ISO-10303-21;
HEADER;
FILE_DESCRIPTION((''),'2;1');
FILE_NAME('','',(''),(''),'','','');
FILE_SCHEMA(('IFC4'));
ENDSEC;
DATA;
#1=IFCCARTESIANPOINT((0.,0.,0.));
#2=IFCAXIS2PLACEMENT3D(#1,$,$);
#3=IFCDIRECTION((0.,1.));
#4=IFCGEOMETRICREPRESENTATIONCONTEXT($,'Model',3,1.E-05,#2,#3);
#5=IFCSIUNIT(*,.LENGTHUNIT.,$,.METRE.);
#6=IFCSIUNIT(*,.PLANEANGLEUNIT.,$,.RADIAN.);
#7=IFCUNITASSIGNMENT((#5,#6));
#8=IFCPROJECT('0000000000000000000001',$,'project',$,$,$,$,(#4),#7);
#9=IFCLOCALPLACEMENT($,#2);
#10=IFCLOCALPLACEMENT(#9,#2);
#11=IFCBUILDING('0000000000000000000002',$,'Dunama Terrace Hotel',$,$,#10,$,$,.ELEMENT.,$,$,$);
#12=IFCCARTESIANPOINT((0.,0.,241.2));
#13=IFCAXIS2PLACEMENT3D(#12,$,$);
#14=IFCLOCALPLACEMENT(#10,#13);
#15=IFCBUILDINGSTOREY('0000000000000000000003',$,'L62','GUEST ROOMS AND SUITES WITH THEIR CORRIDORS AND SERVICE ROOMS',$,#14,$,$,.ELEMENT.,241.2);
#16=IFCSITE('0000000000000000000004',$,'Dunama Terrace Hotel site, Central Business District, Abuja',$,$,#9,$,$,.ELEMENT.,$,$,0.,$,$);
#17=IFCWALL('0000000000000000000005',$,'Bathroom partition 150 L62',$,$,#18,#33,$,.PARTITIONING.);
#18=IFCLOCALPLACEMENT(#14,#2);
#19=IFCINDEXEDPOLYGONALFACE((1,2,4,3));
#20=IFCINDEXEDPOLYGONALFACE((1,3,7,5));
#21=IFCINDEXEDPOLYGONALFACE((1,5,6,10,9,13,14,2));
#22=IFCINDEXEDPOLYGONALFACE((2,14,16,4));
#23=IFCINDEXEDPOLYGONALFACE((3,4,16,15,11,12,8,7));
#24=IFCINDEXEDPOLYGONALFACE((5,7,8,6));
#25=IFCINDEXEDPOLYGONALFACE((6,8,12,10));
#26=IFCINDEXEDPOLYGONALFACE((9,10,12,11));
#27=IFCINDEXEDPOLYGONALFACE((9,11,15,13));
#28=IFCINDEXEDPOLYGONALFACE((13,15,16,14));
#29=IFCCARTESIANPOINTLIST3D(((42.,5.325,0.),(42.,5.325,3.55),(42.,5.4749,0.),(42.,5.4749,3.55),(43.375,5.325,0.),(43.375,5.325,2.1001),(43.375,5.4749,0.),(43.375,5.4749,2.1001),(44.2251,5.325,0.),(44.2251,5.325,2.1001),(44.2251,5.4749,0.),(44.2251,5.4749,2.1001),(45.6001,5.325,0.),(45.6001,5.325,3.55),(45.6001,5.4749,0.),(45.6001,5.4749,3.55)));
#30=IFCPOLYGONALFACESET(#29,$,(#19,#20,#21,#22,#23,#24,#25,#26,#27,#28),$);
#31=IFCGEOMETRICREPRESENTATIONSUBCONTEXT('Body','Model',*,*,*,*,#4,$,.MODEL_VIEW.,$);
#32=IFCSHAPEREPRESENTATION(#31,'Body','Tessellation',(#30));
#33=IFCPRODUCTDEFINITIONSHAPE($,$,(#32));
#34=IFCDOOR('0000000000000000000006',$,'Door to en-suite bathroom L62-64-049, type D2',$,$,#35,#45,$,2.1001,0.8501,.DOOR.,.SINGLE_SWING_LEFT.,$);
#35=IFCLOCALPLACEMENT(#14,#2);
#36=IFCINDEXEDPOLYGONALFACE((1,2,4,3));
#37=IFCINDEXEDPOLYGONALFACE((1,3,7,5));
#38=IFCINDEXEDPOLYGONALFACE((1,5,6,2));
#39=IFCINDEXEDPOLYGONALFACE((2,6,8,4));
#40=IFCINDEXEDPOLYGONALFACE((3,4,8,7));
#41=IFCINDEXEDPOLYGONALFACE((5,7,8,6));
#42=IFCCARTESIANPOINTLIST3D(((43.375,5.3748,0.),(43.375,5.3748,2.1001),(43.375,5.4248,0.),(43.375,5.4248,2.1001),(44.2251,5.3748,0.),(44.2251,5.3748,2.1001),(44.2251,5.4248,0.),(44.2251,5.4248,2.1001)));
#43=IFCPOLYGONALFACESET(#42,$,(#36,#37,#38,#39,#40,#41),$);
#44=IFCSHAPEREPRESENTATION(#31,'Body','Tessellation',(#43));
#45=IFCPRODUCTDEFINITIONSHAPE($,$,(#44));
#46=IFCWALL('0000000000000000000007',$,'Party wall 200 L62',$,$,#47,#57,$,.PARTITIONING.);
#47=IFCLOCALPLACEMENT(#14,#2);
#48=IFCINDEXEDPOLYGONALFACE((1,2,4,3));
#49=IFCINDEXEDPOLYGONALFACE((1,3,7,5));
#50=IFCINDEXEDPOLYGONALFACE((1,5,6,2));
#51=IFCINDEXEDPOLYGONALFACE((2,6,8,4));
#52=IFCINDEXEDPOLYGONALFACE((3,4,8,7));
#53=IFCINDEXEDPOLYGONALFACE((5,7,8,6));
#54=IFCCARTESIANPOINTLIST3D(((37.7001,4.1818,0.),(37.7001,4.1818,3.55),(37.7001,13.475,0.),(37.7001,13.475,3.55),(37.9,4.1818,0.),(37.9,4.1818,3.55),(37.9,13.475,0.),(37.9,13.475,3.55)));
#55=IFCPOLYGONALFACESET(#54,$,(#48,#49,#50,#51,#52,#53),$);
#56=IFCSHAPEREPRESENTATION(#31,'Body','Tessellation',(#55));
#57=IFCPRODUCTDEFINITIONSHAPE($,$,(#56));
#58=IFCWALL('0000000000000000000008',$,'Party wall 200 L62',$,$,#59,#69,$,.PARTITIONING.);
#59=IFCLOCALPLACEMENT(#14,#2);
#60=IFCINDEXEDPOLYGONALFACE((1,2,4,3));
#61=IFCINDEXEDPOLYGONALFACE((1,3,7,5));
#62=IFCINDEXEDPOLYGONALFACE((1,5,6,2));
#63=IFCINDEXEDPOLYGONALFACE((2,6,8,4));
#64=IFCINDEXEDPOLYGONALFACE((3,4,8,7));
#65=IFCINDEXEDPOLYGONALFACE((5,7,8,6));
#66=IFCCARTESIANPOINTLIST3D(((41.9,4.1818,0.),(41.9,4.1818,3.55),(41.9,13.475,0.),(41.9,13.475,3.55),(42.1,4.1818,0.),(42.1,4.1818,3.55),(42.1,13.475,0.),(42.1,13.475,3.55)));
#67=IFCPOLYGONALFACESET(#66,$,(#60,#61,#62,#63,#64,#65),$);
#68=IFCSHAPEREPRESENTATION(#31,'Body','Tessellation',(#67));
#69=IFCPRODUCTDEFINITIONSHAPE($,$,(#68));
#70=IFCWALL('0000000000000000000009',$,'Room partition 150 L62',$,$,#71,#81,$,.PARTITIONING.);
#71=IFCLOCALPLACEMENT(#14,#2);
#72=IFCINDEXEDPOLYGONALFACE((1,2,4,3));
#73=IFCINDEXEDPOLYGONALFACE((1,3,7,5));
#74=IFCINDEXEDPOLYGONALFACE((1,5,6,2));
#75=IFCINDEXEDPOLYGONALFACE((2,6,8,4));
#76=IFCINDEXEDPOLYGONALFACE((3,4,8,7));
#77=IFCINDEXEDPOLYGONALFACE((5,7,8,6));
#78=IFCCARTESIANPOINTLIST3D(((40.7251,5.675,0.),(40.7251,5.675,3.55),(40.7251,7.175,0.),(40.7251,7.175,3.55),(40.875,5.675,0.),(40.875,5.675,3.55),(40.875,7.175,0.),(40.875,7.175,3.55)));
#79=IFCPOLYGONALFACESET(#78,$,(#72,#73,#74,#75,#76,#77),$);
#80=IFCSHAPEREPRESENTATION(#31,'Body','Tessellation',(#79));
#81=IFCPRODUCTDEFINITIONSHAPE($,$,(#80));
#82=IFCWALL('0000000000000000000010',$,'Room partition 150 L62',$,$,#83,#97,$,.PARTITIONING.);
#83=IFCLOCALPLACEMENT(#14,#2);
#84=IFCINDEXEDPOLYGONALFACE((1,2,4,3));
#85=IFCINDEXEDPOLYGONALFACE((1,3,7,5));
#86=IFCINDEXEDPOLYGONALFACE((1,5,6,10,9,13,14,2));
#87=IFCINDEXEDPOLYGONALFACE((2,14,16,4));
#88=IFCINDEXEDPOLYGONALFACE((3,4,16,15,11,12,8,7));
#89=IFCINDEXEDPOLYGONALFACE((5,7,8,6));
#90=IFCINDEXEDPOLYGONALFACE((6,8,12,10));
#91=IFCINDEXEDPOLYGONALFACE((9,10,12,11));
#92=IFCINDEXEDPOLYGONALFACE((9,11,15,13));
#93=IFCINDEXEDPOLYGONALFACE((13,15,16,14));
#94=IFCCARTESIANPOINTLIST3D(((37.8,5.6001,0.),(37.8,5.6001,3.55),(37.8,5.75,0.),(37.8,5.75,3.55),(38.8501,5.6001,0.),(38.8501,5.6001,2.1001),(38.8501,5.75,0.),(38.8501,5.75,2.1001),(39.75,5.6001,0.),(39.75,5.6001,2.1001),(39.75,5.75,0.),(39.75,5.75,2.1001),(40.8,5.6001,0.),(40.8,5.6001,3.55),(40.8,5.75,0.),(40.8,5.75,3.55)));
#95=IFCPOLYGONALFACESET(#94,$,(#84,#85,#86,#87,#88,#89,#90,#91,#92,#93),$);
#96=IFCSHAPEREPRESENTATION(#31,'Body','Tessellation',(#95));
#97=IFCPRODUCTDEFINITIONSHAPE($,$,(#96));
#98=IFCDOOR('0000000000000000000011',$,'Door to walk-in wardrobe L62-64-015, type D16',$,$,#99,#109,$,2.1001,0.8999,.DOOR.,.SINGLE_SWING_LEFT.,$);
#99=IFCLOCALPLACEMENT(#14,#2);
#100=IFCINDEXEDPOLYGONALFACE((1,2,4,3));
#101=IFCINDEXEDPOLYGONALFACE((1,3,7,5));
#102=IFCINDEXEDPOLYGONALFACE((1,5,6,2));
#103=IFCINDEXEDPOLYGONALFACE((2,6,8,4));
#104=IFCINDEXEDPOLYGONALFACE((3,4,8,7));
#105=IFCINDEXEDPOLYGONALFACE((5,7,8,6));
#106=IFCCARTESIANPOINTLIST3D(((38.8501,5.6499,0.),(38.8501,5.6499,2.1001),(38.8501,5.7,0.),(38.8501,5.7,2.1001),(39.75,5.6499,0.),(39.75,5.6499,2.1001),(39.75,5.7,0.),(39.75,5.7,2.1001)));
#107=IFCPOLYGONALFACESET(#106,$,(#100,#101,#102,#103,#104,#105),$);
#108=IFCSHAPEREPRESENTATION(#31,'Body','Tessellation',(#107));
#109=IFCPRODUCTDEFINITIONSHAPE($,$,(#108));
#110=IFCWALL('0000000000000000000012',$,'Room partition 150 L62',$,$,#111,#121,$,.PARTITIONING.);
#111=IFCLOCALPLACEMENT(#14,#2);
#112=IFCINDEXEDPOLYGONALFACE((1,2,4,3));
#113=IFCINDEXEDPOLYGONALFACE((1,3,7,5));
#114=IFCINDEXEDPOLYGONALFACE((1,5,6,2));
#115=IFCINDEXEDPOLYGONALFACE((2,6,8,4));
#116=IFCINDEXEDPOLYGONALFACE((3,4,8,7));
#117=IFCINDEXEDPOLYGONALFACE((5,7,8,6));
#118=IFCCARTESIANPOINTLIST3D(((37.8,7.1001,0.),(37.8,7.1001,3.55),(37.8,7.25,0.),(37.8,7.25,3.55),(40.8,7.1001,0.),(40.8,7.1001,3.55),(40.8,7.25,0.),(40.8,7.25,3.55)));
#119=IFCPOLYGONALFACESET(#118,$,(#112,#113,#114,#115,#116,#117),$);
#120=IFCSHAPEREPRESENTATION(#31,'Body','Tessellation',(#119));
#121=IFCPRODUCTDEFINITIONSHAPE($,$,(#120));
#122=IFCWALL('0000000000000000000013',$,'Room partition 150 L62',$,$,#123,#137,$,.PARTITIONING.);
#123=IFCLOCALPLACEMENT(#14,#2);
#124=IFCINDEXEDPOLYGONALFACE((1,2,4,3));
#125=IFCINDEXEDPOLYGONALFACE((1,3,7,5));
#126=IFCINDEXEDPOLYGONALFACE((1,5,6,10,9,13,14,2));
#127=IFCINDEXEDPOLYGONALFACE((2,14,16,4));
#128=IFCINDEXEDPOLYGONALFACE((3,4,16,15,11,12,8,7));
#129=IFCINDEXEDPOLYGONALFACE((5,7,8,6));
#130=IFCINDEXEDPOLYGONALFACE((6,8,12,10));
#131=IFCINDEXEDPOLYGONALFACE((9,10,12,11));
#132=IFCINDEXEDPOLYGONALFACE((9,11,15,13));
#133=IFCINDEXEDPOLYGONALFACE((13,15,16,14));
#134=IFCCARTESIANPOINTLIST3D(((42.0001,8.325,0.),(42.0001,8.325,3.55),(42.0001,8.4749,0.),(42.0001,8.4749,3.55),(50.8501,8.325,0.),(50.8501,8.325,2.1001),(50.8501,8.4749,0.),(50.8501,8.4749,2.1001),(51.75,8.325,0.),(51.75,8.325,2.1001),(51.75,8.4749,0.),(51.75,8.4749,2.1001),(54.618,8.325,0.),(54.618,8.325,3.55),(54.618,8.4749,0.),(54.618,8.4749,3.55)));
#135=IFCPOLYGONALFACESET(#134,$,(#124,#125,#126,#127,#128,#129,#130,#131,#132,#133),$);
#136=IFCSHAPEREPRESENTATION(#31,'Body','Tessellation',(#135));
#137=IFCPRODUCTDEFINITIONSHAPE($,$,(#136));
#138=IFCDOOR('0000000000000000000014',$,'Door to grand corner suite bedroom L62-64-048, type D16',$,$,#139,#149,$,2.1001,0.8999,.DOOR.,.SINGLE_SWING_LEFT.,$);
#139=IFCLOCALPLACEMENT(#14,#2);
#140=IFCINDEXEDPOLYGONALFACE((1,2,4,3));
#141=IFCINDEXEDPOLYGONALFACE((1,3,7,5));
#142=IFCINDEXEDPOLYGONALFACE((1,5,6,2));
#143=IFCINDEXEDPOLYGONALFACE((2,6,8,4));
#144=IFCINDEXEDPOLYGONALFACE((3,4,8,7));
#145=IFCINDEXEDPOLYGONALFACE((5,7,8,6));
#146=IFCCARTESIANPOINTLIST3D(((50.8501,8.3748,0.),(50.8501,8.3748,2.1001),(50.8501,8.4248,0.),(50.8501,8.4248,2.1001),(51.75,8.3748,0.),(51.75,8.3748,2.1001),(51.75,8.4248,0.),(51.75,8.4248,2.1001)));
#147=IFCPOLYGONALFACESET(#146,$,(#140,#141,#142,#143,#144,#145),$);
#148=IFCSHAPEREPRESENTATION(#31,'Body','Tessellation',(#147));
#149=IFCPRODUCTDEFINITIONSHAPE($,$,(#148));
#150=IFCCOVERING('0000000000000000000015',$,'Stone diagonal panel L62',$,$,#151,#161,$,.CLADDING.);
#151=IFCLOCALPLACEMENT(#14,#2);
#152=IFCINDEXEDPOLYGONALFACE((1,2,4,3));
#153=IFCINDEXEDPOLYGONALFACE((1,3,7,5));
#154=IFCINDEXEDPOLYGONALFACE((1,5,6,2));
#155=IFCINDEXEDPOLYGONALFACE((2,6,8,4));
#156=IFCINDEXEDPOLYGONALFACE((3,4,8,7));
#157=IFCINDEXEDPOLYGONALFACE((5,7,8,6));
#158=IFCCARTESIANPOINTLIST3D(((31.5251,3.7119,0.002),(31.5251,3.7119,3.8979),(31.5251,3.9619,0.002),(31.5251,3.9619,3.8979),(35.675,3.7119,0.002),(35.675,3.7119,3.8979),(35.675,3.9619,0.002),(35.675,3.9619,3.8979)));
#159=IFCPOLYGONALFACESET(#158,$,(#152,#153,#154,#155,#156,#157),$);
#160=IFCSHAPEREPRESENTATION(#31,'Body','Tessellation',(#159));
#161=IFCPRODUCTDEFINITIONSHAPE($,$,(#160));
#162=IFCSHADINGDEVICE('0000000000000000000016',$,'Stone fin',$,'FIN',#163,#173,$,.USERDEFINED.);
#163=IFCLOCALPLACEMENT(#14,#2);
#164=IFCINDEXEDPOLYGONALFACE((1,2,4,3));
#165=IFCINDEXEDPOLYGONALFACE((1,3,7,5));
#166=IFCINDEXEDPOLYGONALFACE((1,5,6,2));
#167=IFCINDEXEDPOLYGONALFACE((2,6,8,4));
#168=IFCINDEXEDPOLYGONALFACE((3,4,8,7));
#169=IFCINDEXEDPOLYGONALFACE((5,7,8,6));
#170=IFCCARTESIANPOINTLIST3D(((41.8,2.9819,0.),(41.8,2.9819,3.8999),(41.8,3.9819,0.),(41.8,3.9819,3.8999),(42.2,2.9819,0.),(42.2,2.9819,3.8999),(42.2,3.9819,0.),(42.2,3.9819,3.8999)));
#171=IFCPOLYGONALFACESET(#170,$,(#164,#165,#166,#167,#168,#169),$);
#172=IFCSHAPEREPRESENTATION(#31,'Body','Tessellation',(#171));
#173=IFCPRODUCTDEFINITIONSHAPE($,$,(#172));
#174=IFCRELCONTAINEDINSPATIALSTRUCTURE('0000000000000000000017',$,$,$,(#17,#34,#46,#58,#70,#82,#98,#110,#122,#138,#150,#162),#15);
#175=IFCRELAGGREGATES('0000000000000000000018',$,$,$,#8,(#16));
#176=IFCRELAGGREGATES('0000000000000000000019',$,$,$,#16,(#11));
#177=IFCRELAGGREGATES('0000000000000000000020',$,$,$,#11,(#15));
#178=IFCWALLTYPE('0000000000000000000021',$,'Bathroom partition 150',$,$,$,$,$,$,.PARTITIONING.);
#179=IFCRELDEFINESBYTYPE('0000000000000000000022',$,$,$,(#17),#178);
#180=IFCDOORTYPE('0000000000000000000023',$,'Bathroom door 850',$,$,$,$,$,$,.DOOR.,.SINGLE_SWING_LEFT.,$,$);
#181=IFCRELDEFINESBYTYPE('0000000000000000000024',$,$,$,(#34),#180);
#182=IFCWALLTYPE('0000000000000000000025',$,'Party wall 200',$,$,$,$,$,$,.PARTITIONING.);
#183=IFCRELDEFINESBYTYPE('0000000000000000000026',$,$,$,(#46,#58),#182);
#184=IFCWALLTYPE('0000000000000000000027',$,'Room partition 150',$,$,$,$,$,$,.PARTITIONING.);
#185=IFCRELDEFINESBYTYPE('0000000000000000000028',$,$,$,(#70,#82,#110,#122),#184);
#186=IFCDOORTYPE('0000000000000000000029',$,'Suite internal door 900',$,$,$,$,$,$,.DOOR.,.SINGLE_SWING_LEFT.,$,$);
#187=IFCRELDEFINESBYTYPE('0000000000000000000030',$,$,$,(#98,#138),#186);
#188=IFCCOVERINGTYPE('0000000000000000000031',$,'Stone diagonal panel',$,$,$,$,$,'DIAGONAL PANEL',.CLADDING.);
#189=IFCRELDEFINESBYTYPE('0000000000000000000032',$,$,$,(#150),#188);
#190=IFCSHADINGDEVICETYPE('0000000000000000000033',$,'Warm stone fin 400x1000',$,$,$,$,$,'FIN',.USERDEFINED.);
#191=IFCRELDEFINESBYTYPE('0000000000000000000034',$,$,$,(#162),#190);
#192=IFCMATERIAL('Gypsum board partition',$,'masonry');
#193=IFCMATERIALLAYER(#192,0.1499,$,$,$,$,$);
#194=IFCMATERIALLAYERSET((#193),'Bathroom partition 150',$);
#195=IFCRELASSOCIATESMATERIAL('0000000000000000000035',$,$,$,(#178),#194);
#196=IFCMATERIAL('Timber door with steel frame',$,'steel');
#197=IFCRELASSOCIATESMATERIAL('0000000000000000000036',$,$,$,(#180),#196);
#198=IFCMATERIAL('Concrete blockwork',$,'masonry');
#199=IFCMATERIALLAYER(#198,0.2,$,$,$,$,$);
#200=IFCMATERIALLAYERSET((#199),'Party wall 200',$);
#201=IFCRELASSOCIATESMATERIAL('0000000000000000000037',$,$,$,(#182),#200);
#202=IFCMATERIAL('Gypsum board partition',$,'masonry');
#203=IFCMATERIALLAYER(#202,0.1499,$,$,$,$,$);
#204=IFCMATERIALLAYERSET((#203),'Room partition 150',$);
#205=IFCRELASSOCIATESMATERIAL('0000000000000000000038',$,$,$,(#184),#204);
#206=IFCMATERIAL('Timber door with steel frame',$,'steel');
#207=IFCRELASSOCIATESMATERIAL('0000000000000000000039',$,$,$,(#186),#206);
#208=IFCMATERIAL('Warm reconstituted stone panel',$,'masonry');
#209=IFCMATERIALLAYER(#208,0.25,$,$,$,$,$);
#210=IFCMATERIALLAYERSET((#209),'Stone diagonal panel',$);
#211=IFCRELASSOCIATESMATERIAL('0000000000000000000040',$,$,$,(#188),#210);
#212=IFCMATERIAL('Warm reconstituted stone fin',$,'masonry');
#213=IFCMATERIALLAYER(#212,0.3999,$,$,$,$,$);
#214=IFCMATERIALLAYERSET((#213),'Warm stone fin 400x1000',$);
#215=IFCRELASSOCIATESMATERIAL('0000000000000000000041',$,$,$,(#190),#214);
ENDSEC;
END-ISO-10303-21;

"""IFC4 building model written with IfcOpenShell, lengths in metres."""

from ifc_helpers import new_model, si_unit, direction, frame, frame_2d, origin, origin_2d, place, context, subcontext, project, spatial, rectangle, extrude, material, layer, layer_set, type_object, element, fill, save


model = new_model("IFC4")

# Units and contexts
model_context = context("Model", 3, precision=1e-05, world=origin(), true_north=direction((0.0, 1.0)))
body_context = subcontext(model_context, "Body", "Model", "MODEL_VIEW")
ifc_project = project(units=[si_unit("LENGTHUNIT", "METRE"), si_unit("PLANEANGLEUNIT", "RADIAN")], contexts=[model_context])

# Site, building, storey
site_placement = place(None, origin())
site = spatial("IfcSite", under=ifc_project, at=site_placement, Name="Dunama Terrace Hotel site, Central Business District, Abuja", CompositionType="ELEMENT", RefElevation=0.0)
building_placement = place(site_placement, origin())
building = spatial("IfcBuilding", under=site, at=building_placement, Name="Dunama Terrace Hotel", CompositionType="ELEMENT")
storey_placement = place(building_placement, frame((0.0, 0.0, 241.2)))
storey = spatial("IfcBuildingStorey", under=building, at=storey_placement, Name="L62", Description="GUEST ROOMS AND SUITES WITH THEIR CORRIDORS AND SERVICE ROOMS", CompositionType="ELEMENT", Elevation=241.2)

# Wall, opening, door
ifc_material_1 = material(Name="Gypsum board partition", Category="masonry")
ifc_layer_1 = layer(ifc_material_1, 0.1499)
ifc_layer_set_1 = layer_set([ifc_layer_1], Name="Bathroom partition 150")
wall_type_1 = type_object("IfcWallType", Name="Bathroom partition 150", PredefinedType="PARTITIONING", material=ifc_layer_set_1)
ifc_material_2 = material(Name="Timber door with steel frame", Category="steel")
door_type_1 = type_object("IfcDoorType", Name="Bathroom door 850", OperationType="SINGLE_SWING_LEFT", PredefinedType="DOOR", material=ifc_material_2)
wall_1_placement = place(storey_placement, frame((42.0, 5.3999, 0.0), z_axis=(0.0, 0.0, 1.0), x_axis=(1.0, 0.0, 0.0)))
wall_1 = element("IfcWall", 1, at=wall_1_placement, inside=storey, type_object=wall_type_1, Name="Bathroom partition 150 L62", PredefinedType="PARTITIONING", context=body_context, shape_type="SweptSolid", body=[
    extrude(rectangle(XDim=3.6001, YDim=0.1499, at=frame_2d((1.8, 0.0))), origin(), (0.0, 0.0, 1.0), 3.55),
])
opening_1_placement = place(wall_1_placement, frame((1.375, 0.0, 0.0)))
opening_1 = element("IfcOpeningElement", 2, at=opening_1_placement, cuts=wall_1, PredefinedType="OPENING", context=body_context, shape_type="SweptSolid", body=[
    extrude(rectangle(XDim=0.8501, YDim=2.1001, at=frame_2d((0.425, 1.05))), frame((0.0, 0.085, 0.0), z_axis=(0.0, -1.0, 0.0), x_axis=(1.0, 0.0, 0.0)), (0.0, 0.0, 1.0), 0.1699),
])
door_1_placement = place(opening_1_placement, origin())
door_1 = element("IfcDoor", 3, at=door_1_placement, inside=storey, type_object=door_type_1, Name="Door to en-suite bathroom L62-64-049, type D2", OperationType="SINGLE_SWING_LEFT", OverallHeight=2.1001, OverallWidth=0.8501, PredefinedType="DOOR", context=body_context, shape_type="SweptSolid", body=[
    extrude(rectangle(XDim=0.8501, YDim=2.1001, at=frame_2d((0.425, 1.05))), frame((0.0, 0.0249, 0.0), z_axis=(0.0, -1.0, 0.0), x_axis=(1.0, 0.0, 0.0)), (0.0, 0.0, 1.0), 0.05),
])
fill(opening_1, door_1)

# Walls
ifc_material_3 = material(Name="Concrete blockwork", Category="masonry")
ifc_layer_2 = layer(ifc_material_3, 0.2)
ifc_layer_set_2 = layer_set([ifc_layer_2], Name="Party wall 200")
wall_type_2 = type_object("IfcWallType", Name="Party wall 200", PredefinedType="PARTITIONING", material=ifc_layer_set_2)
for number, where, z_axis, x_axis, name in (
    (4, (37.8, 4.1819, 0.0), (0.0, 0.0, 1.0), (0.0, 1.0, 0.0), "Party wall 200 L62"),
    (5, (42.0, 4.1819, 0.0), (0.0, 0.0, 1.0), (0.0, 1.0, 0.0), "Party wall 200 L62"),
):
    element("IfcWall", number, at=place(storey_placement, frame(where, z_axis=z_axis, x_axis=x_axis)), inside=storey, type_object=wall_type_2, Name=name, PredefinedType="PARTITIONING", context=body_context, shape_type="SweptSolid", body=[
        extrude(rectangle(XDim=9.2932, YDim=0.2, at=frame_2d((4.6465, 0.0))), origin(), (0.0, 0.0, 1.0), 3.55),
    ])
ifc_material_4 = material(Name="Gypsum board partition", Category="masonry")
ifc_layer_3 = layer(ifc_material_4, 0.1499)
ifc_layer_set_3 = layer_set([ifc_layer_3], Name="Room partition 150")
wall_type_3 = type_object("IfcWallType", Name="Room partition 150", PredefinedType="PARTITIONING", material=ifc_layer_set_3)
wall_2_placement = place(storey_placement, frame((40.8, 5.675, 0.0), z_axis=(0.0, 0.0, 1.0), x_axis=(0.0, 1.0, 0.0)))
element("IfcWall", 6, at=wall_2_placement, inside=storey, type_object=wall_type_3, Name="Room partition 150 L62", PredefinedType="PARTITIONING", context=body_context, shape_type="SweptSolid", body=[
    extrude(rectangle(XDim=1.5, YDim=0.1499, at=frame_2d((0.75, 0.0))), origin(), (0.0, 0.0, 1.0), 3.55),
])

# Wall, opening, door
wall_3_placement = place(storey_placement, frame((37.8, 5.675, 0.0), z_axis=(0.0, 0.0, 1.0), x_axis=(1.0, 0.0, 0.0)))
wall_3 = element("IfcWall", 7, at=wall_3_placement, inside=storey, type_object=wall_type_3, Name="Room partition 150 L62", PredefinedType="PARTITIONING", context=body_context, shape_type="SweptSolid", body=[
    extrude(rectangle(XDim=3.0, YDim=0.1499, at=frame_2d((1.5, 0.0))), origin(), (0.0, 0.0, 1.0), 3.55),
])
opening_2_placement = place(wall_3_placement, frame((1.05, 0.0, 0.0)))
opening_2 = element("IfcOpeningElement", 8, at=opening_2_placement, cuts=wall_3, PredefinedType="OPENING", context=body_context, shape_type="SweptSolid", body=[
    extrude(rectangle(XDim=0.8999, YDim=2.1001, at=frame_2d((0.45, 1.05))), frame((0.0, 0.085, 0.0), z_axis=(0.0, -1.0, 0.0), x_axis=(1.0, 0.0, 0.0)), (0.0, 0.0, 1.0), 0.1699),
])
ifc_material_5 = material(Name="Timber door with steel frame", Category="steel")
door_type_2 = type_object("IfcDoorType", Name="Suite internal door 900", OperationType="SINGLE_SWING_LEFT", PredefinedType="DOOR", material=ifc_material_5)
door_2_placement = place(opening_2_placement, origin())
door_2 = element("IfcDoor", 9, at=door_2_placement, inside=storey, type_object=door_type_2, Name="Door to walk-in wardrobe L62-64-015, type D16", OperationType="SINGLE_SWING_LEFT", OverallHeight=2.1001, OverallWidth=0.8999, PredefinedType="DOOR", context=body_context, shape_type="SweptSolid", body=[
    extrude(rectangle(XDim=0.8999, YDim=2.1001, at=frame_2d((0.45, 1.05))), frame((0.0, 0.0249, 0.0), z_axis=(0.0, -1.0, 0.0), x_axis=(1.0, 0.0, 0.0)), (0.0, 0.0, 1.0), 0.05),
])
fill(opening_2, door_2)

# Wall
wall_4_placement = place(storey_placement, frame((37.8, 7.175, 0.0), z_axis=(0.0, 0.0, 1.0), x_axis=(1.0, 0.0, 0.0)))
element("IfcWall", 10, at=wall_4_placement, inside=storey, type_object=wall_type_3, Name="Room partition 150 L62", PredefinedType="PARTITIONING", context=body_context, shape_type="SweptSolid", body=[
    extrude(rectangle(XDim=3.0, YDim=0.1499, at=frame_2d((1.5, 0.0))), origin(), (0.0, 0.0, 1.0), 3.55),
])

# Wall, opening, door
wall_5_placement = place(storey_placement, frame((42.0, 8.3999, 0.0), z_axis=(0.0, 0.0, 1.0), x_axis=(1.0, 0.0, 0.0)))
wall_5 = element("IfcWall", 11, at=wall_5_placement, inside=storey, type_object=wall_type_3, Name="Room partition 150 L62", PredefinedType="PARTITIONING", context=body_context, shape_type="SweptSolid", body=[
    extrude(rectangle(XDim=12.6179, YDim=0.1499, at=frame_2d((6.3091, 0.0))), origin(), (0.0, 0.0, 1.0), 3.55),
])
opening_3_placement = place(wall_5_placement, frame((8.8501, 0.0, 0.0)))
opening_3 = element("IfcOpeningElement", 12, at=opening_3_placement, cuts=wall_5, PredefinedType="OPENING", context=body_context, shape_type="SweptSolid", body=[
    extrude(rectangle(XDim=0.8999, YDim=2.1001, at=frame_2d((0.45, 1.05))), frame((0.0, 0.085, 0.0), z_axis=(0.0, -1.0, 0.0), x_axis=(1.0, 0.0, 0.0)), (0.0, 0.0, 1.0), 0.1699),
])
door_3_placement = place(opening_3_placement, frame((0.8999, 0.0, 0.0), z_axis=(0.0, 0.0, 1.0), x_axis=(-1.0, 0.0, 0.0)))
door_3 = element("IfcDoor", 13, at=door_3_placement, inside=storey, type_object=door_type_2, Name="Door to grand corner suite bedroom L62-64-048, type D16", OperationType="SINGLE_SWING_LEFT", OverallHeight=2.1001, OverallWidth=0.8999, PredefinedType="DOOR", context=body_context, shape_type="SweptSolid", body=[
    extrude(rectangle(XDim=0.8999, YDim=2.1001, at=frame_2d((0.45, 1.05))), frame((0.0, 0.0251, 0.0), z_axis=(0.0, -1.0, 0.0), x_axis=(1.0, 0.0, 0.0)), (0.0, 0.0, 1.0), 0.05),
])
fill(opening_3, door_3)

# Covering
ifc_material_6 = material(Name="Warm reconstituted stone panel", Category="masonry")
ifc_layer_4 = layer(ifc_material_6, 0.25)
ifc_layer_set_4 = layer_set([ifc_layer_4], Name="Stone diagonal panel")
covering_type = type_object("IfcCoveringType", Name="Stone diagonal panel", ElementType="DIAGONAL PANEL", PredefinedType="CLADDING", material=ifc_layer_set_4)
covering_placement = place(storey_placement, frame((33.6001, 3.8369, 0.002), z_axis=(0.0, 0.0, 1.0), x_axis=(1.0, 0.0, 0.0)))
element("IfcCovering", 14, at=covering_placement, inside=storey, type_object=covering_type, Name="Stone diagonal panel L62", PredefinedType="CLADDING", context=body_context, shape_type="SweptSolid", body=[
    extrude(rectangle(XDim=4.1499, YDim=0.25, at=origin_2d()), origin(), (0.0, 0.0, 1.0), 3.896),
])

# Shading device
ifc_material_7 = material(Name="Warm reconstituted stone fin", Category="masonry")
ifc_layer_5 = layer(ifc_material_7, 0.3999)
ifc_layer_set_5 = layer_set([ifc_layer_5], Name="Warm stone fin 400x1000")
shading_device_type = type_object("IfcShadingDeviceType", Name="Warm stone fin 400x1000", ElementType="FIN", PredefinedType="USERDEFINED", material=ifc_layer_set_5)
shading_device_placement = place(storey_placement, frame((42.0, 3.4819, 0.0), z_axis=(0.0, 0.0, 1.0), x_axis=(1.0, 0.0, 0.0)))
element("IfcShadingDevice", 15, at=shading_device_placement, inside=storey, type_object=shading_device_type, Name="Stone fin", ObjectType="FIN", PredefinedType="USERDEFINED", context=body_context, shape_type="SweptSolid", body=[
    extrude(rectangle(XDim=0.3999, YDim=1.0, at=origin_2d()), origin(), (0.0, 0.0, 1.0), 3.8999),
])

save(model, "model.ifc")
